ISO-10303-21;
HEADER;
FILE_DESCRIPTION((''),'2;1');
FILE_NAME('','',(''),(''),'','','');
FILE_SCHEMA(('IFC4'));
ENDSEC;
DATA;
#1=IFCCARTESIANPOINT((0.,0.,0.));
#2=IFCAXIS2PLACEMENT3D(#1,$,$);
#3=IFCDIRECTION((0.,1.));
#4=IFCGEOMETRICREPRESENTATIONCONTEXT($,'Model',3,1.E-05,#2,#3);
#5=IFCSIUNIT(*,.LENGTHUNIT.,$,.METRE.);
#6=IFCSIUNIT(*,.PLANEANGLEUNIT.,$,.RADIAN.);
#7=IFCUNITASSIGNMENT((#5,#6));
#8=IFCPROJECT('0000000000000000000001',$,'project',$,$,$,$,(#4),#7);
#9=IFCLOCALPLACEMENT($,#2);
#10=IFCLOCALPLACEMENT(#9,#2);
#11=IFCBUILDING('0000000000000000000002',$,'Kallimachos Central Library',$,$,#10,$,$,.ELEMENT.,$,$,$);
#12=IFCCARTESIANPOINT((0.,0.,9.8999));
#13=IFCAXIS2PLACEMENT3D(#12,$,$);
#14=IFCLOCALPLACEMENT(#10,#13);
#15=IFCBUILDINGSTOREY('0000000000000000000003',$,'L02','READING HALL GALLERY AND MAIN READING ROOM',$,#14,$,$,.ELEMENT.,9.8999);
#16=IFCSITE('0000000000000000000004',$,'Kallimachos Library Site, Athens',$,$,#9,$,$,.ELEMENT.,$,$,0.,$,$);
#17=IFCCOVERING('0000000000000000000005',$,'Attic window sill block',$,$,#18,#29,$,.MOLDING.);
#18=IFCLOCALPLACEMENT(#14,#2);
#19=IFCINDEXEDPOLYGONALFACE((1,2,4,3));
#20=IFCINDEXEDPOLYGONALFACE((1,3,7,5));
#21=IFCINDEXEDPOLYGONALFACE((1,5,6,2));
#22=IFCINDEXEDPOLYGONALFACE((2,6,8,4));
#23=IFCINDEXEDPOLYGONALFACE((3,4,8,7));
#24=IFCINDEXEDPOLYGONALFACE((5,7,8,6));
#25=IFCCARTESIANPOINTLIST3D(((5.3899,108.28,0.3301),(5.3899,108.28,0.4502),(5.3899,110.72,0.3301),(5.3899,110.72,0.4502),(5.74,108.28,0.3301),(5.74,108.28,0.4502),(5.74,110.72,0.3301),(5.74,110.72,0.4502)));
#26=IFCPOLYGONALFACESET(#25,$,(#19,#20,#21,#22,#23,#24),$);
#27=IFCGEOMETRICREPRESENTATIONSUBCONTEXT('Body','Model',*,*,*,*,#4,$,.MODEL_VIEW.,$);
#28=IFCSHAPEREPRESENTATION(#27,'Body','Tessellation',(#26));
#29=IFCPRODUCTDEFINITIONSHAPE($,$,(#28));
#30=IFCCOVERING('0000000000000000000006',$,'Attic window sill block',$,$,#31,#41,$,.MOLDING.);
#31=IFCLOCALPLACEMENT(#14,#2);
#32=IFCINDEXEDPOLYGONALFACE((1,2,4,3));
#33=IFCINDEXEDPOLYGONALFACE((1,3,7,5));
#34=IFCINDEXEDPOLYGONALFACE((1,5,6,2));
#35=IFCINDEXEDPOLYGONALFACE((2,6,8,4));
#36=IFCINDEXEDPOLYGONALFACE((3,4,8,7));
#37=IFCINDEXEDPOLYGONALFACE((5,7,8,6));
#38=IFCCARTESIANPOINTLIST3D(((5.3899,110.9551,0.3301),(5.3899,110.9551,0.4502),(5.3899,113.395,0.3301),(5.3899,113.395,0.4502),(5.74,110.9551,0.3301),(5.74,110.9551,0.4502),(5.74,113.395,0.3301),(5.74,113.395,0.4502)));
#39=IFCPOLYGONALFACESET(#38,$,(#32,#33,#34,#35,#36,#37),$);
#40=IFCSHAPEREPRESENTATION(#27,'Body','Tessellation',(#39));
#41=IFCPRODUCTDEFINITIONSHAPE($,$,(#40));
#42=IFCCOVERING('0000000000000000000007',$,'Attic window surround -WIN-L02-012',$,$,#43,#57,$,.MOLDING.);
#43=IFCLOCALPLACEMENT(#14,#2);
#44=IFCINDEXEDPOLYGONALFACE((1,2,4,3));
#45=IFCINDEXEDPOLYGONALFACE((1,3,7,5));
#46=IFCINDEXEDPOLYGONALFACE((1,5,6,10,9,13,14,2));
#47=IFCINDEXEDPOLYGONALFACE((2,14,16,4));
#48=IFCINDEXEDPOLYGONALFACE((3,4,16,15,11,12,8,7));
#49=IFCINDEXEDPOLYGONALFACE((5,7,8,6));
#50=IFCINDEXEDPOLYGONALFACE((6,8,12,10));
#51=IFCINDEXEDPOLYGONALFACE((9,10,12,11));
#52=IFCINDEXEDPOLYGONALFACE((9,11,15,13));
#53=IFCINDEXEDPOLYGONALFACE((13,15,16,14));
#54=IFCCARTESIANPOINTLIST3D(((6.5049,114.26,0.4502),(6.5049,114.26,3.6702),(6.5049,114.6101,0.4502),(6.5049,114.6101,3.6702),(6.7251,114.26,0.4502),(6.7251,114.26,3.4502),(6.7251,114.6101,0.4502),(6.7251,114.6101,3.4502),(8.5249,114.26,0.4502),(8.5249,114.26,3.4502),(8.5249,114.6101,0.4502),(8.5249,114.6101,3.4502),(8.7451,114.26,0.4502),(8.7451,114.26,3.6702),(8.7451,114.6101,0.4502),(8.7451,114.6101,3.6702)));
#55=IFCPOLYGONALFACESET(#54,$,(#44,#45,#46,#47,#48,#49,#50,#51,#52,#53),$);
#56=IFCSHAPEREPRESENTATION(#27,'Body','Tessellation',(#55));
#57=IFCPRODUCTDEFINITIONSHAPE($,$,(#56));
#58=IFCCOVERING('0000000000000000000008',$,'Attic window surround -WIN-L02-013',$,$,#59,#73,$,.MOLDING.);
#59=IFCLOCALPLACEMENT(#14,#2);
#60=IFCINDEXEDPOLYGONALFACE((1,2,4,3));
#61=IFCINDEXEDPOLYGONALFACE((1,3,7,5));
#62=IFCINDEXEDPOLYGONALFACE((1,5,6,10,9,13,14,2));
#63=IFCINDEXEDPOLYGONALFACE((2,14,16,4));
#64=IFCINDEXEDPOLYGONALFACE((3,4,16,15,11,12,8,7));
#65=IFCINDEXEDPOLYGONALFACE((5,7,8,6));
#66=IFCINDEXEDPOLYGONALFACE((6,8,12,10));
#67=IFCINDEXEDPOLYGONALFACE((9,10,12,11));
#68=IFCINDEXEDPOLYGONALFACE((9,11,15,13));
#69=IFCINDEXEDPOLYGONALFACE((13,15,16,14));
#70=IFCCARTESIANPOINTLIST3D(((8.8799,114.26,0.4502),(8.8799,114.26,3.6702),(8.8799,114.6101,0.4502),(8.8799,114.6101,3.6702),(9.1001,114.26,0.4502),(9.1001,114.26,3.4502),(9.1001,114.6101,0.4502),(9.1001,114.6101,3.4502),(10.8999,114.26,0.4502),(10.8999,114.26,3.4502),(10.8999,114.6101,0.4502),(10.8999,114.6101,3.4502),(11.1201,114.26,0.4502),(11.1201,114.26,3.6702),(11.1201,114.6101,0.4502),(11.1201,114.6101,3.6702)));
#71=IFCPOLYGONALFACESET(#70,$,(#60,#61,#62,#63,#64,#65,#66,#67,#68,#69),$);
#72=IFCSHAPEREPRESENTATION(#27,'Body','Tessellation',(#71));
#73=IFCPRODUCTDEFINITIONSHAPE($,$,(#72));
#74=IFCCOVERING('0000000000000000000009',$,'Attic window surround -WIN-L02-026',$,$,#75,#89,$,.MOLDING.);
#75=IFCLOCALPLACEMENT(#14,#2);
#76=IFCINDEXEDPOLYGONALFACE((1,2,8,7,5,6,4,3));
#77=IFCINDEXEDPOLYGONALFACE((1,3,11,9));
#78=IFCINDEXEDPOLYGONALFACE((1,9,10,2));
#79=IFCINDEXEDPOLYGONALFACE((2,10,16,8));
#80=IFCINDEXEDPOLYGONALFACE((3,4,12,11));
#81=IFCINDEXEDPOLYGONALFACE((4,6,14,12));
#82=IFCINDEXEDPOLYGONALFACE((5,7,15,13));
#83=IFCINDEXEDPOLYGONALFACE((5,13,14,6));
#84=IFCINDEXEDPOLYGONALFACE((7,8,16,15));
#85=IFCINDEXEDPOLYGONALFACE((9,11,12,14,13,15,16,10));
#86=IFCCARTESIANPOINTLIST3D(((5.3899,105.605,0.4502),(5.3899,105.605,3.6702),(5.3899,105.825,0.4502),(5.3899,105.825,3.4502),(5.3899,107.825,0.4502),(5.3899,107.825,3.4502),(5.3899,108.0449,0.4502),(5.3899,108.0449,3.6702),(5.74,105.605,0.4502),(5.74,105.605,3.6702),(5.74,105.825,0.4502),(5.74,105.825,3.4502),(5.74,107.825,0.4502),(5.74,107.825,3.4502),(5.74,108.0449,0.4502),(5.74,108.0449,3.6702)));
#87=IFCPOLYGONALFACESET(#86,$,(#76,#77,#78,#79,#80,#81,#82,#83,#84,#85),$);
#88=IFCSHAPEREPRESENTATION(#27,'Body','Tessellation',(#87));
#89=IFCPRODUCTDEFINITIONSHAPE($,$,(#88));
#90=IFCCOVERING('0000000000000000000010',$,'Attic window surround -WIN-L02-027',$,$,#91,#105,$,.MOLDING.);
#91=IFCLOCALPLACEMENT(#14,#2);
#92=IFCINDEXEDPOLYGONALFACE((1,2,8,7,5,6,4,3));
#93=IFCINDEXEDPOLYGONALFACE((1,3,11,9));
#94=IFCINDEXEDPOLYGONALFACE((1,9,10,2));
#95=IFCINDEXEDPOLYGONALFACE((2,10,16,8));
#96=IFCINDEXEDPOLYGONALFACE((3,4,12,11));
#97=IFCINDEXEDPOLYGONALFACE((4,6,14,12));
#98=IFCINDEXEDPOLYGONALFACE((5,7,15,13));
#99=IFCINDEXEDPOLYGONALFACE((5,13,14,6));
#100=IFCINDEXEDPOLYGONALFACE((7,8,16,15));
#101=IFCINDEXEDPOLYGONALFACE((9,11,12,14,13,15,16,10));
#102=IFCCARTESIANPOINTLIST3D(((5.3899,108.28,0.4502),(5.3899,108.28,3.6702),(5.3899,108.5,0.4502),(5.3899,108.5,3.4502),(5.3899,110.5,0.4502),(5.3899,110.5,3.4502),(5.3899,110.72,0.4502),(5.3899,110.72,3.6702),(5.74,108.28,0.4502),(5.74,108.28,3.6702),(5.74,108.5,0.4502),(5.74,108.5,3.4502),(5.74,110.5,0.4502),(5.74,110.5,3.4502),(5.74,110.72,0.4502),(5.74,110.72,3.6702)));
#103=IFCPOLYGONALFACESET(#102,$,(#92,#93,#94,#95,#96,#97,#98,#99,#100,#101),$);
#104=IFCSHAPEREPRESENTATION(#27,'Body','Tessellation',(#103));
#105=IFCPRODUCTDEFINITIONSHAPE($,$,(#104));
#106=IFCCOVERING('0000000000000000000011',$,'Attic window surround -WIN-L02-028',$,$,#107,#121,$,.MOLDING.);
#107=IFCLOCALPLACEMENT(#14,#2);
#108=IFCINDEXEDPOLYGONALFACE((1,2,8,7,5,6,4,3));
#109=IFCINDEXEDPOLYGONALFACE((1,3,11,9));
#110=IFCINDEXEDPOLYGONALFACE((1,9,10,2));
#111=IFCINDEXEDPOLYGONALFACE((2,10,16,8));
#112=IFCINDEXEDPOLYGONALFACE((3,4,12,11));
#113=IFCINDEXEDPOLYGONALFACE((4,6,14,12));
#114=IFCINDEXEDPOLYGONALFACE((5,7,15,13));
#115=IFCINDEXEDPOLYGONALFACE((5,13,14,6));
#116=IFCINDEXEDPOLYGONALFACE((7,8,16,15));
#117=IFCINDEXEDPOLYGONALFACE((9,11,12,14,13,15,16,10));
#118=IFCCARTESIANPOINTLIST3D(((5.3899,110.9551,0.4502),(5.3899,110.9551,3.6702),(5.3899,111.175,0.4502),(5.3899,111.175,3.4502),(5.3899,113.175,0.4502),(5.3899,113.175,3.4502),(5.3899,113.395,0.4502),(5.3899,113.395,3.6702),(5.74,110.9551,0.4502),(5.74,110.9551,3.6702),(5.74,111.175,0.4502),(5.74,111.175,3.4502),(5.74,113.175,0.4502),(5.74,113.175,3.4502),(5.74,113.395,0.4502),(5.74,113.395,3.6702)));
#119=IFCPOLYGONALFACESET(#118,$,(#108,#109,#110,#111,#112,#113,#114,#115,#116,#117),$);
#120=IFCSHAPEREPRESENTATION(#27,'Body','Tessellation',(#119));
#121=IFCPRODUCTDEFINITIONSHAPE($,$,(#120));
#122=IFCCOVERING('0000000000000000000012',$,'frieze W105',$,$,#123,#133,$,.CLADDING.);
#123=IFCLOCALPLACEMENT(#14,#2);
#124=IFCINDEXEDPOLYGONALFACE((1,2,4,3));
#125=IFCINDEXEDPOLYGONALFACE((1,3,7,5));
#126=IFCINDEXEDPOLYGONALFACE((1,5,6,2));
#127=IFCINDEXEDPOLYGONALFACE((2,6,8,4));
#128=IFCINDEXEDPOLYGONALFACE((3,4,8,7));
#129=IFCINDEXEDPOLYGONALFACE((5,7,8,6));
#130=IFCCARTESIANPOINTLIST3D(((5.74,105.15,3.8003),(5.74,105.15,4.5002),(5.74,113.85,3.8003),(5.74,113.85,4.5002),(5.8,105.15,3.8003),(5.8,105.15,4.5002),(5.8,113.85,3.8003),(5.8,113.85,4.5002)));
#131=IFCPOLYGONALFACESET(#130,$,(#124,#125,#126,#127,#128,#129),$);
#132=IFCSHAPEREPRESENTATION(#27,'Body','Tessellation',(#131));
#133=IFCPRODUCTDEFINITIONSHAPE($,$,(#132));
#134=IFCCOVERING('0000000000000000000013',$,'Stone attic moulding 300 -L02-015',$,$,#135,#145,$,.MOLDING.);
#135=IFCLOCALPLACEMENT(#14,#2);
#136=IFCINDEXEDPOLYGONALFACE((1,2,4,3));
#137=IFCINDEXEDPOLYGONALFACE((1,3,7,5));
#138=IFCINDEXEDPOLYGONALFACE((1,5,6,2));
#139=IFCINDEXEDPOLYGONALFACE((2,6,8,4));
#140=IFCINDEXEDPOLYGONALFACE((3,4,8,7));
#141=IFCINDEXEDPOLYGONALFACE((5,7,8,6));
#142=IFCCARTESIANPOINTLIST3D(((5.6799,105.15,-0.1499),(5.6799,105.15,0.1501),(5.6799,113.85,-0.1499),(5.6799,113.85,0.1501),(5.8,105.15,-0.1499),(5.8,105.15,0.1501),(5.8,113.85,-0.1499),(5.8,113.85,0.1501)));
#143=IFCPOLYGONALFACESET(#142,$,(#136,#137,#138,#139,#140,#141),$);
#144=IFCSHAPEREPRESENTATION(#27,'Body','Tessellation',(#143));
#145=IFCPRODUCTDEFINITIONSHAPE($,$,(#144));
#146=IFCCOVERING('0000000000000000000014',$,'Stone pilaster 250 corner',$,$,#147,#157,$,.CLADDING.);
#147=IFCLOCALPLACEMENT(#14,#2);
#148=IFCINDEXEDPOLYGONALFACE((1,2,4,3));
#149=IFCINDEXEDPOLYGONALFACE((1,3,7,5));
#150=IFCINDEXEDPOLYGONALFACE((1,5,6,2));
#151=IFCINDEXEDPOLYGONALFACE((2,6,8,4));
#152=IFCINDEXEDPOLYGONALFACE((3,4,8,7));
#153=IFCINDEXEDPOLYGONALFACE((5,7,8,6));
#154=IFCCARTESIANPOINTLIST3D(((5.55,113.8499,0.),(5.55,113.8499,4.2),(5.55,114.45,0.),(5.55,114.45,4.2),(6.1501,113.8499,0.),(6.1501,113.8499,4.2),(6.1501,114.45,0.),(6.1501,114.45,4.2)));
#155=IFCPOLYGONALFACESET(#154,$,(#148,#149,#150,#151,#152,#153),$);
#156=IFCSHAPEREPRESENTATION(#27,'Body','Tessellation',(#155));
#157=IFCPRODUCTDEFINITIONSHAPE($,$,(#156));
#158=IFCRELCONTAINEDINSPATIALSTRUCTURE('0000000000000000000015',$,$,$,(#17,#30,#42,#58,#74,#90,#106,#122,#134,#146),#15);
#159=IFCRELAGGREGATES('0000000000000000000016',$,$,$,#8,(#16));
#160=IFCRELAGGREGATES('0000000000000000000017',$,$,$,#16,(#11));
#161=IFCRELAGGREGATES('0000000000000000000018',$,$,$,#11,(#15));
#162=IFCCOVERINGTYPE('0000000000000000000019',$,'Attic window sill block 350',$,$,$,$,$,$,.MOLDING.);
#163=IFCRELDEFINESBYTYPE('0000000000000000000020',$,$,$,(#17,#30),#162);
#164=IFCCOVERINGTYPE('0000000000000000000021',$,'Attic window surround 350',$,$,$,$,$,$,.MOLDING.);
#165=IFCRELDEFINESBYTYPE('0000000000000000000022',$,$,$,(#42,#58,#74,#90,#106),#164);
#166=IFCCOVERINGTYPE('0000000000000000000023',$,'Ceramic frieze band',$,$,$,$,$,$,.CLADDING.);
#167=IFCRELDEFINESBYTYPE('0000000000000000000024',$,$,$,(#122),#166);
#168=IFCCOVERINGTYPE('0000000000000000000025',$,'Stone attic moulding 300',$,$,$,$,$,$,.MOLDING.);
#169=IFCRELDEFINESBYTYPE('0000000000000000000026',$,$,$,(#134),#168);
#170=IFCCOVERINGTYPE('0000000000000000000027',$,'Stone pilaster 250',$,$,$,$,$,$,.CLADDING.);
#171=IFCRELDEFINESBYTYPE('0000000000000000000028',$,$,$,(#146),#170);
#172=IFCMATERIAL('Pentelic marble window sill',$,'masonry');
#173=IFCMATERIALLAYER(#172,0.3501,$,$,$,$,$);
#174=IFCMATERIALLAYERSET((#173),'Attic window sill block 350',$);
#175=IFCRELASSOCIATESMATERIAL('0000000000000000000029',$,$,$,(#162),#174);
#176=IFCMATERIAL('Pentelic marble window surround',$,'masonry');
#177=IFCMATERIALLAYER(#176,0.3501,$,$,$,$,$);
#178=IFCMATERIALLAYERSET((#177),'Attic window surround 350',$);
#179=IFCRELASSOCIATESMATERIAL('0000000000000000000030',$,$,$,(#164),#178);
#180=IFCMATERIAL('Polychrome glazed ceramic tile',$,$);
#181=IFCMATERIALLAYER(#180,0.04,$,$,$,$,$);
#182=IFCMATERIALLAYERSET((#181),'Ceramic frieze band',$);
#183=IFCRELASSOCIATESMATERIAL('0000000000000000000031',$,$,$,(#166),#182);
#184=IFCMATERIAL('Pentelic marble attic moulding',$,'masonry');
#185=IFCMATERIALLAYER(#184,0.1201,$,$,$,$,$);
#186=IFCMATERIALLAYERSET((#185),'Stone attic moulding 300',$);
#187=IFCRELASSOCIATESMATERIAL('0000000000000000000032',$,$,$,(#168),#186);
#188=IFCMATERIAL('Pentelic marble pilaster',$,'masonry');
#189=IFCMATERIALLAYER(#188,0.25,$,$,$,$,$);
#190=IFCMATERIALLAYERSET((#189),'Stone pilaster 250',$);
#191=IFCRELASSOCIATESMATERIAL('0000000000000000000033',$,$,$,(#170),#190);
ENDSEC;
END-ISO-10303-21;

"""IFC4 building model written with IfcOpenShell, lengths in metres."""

from ifc_helpers import new_model, si_unit, direction, frame, origin, origin_2d, place, context, subcontext, project, spatial, polyline, rectangle, outline, extrude, material, layer, layer_set, type_object, element, save


model = new_model("IFC4")

# Units and contexts
model_context = context("Model", 3, precision=1e-05, world=origin(), true_north=direction((0.0, 1.0)))
body_context = subcontext(model_context, "Body", "Model", "MODEL_VIEW")
ifc_project = project(units=[si_unit("LENGTHUNIT", "METRE"), si_unit("PLANEANGLEUNIT", "RADIAN")], contexts=[model_context])

# Site, building, storey
site_placement = place(None, origin())
site = spatial("IfcSite", under=ifc_project, at=site_placement, Name="Kallimachos Library Site, Athens", CompositionType="ELEMENT", RefElevation=0.0)
building_placement = place(site_placement, origin())
building = spatial("IfcBuilding", under=site, at=building_placement, Name="Kallimachos Central Library", CompositionType="ELEMENT")
storey_placement = place(building_placement, frame((0.0, 0.0, 9.8999)))
storey = spatial("IfcBuildingStorey", under=building, at=storey_placement, Name="L02", Description="READING HALL GALLERY AND MAIN READING ROOM", CompositionType="ELEMENT", Elevation=9.8999)

# Coverings
ifc_material_1 = material(Name="Pentelic marble window sill", Category="masonry")
ifc_layer_1 = layer(ifc_material_1, 0.3501)
ifc_layer_set_1 = layer_set([ifc_layer_1], Name="Attic window sill block 350")
covering_type_1 = type_object("IfcCoveringType", Name="Attic window sill block 350", PredefinedType="MOLDING", material=ifc_layer_set_1)
for number, where, z_axis, x_axis, name in (
    (1, (5.5649, 109.5, 0.3301), (0.0, 0.0, 1.0), (1.0, 0.0, 0.0), "Attic window sill block"),
    (2, (5.5649, 112.175, 0.3301), (0.0, 0.0, 1.0), (1.0, 0.0, 0.0), "Attic window sill block"),
):
    element("IfcCovering", number, at=place(storey_placement, frame(where, z_axis=z_axis, x_axis=x_axis)), inside=storey, type_object=covering_type_1, Name=name, PredefinedType="MOLDING", context=body_context, shape_type="SweptSolid", body=[
        extrude(rectangle(XDim=0.3501, YDim=2.4399, at=origin_2d()), origin(), (0.0, 0.0, 1.0), 0.1201),
    ])
ifc_material_2 = material(Name="Pentelic marble window surround", Category="masonry")
ifc_layer_2 = layer(ifc_material_2, 0.3501)
ifc_layer_set_2 = layer_set([ifc_layer_2], Name="Attic window surround 350")
covering_type_2 = type_object("IfcCoveringType", Name="Attic window surround 350", PredefinedType="MOLDING", material=ifc_layer_set_2)
for number, where, z_axis, x_axis, name in (
    (3, (6.5049, 114.6101, 0.4502), (0.0, 1.0, 0.0), (0.0, 0.0, 1.0), "Attic window surround -WIN-L02-012"),
    (4, (8.8799, 114.6101, 0.4502), (0.0, 1.0, 0.0), (0.0, 0.0, 1.0), "Attic window surround -WIN-L02-013"),
):
    element("IfcCovering", number, at=place(storey_placement, frame(where, z_axis=z_axis, x_axis=x_axis)), inside=storey, type_object=covering_type_2, Name=name, PredefinedType="MOLDING", context=body_context, shape_type="SweptSolid", body=[
        extrude(outline(polyline([(0.0, 0.0), (3.22, 0.0), (3.22, 2.2402), (0.0, 2.2402), (0.0, 2.02), (3.0, 2.02), (3.0, 0.2202), (0.0, 0.2202), (0.0, 0.0)])), origin(), (0.0, 0.0, -1.0), 0.3501),
    ])
for number, where, z_axis, x_axis, name in (
    (5, (5.3899, 105.605, 0.4502), (-1.0, 0.0, 0.0), (0.0, 0.0, 1.0), "Attic window surround -WIN-L02-026"),
    (6, (5.3899, 108.28, 0.4502), (-1.0, 0.0, 0.0), (0.0, 0.0, 1.0), "Attic window surround -WIN-L02-027"),
    (7, (5.3899, 110.9551, 0.4502), (-1.0, 0.0, 0.0), (0.0, 0.0, 1.0), "Attic window surround -WIN-L02-028"),
):
    element("IfcCovering", number, at=place(storey_placement, frame(where, z_axis=z_axis, x_axis=x_axis)), inside=storey, type_object=covering_type_2, Name=name, PredefinedType="MOLDING", context=body_context, shape_type="SweptSolid", body=[
        extrude(outline(polyline([(0.0, 0.0), (3.22, 0.0), (3.22, 2.4399), (0.0, 2.4399), (0.0, 2.22), (3.0, 2.22), (3.0, 0.22), (0.0, 0.22), (0.0, 0.0)])), origin(), (0.0, 0.0, -1.0), 0.3501),
    ])
ifc_material_3 = material(Name="Polychrome glazed ceramic tile")
ifc_layer_3 = layer(ifc_material_3, 0.04)
ifc_layer_set_3 = layer_set([ifc_layer_3], Name="Ceramic frieze band")
covering_type_3 = type_object("IfcCoveringType", Name="Ceramic frieze band", PredefinedType="CLADDING", material=ifc_layer_set_3)
covering_1_placement = place(storey_placement, frame((5.77, 109.5, 3.8003), z_axis=(0.0, 0.0, 1.0), x_axis=(1.0, 0.0, 0.0)))
element("IfcCovering", 8, at=covering_1_placement, inside=storey, type_object=covering_type_3, Name="frieze W105", PredefinedType="CLADDING", context=body_context, shape_type="SweptSolid", body=[
    extrude(rectangle(XDim=0.0601, YDim=8.7, at=origin_2d()), origin(), (0.0, 0.0, 1.0), 0.7),
])
ifc_material_4 = material(Name="Pentelic marble attic moulding", Category="masonry")
ifc_layer_4 = layer(ifc_material_4, 0.1201)
ifc_layer_set_4 = layer_set([ifc_layer_4], Name="Stone attic moulding 300")
covering_type_4 = type_object("IfcCoveringType", Name="Stone attic moulding 300", PredefinedType="MOLDING", material=ifc_layer_set_4)
covering_2_placement = place(storey_placement, frame((5.74, 109.5, -0.1499), z_axis=(0.0, 0.0, 1.0), x_axis=(1.0, 0.0, 0.0)))
element("IfcCovering", 9, at=covering_2_placement, inside=storey, type_object=covering_type_4, Name="Stone attic moulding 300 -L02-015", PredefinedType="MOLDING", context=body_context, shape_type="SweptSolid", body=[
    extrude(rectangle(XDim=0.1201, YDim=8.7, at=origin_2d()), origin(), (0.0, 0.0, 1.0), 0.3),
])
ifc_material_5 = material(Name="Pentelic marble pilaster", Category="masonry")
ifc_layer_5 = layer(ifc_material_5, 0.25)
ifc_layer_set_5 = layer_set([ifc_layer_5], Name="Stone pilaster 250")
covering_type_5 = type_object("IfcCoveringType", Name="Stone pilaster 250", PredefinedType="CLADDING", material=ifc_layer_set_5)
covering_3_placement = place(storey_placement, frame((5.8501, 114.1499, 0.0), z_axis=(0.0, 0.0, 1.0), x_axis=(1.0, 0.0, 0.0)))
element("IfcCovering", 10, at=covering_3_placement, inside=storey, type_object=covering_type_5, Name="Stone pilaster 250 corner", PredefinedType="CLADDING", context=body_context, shape_type="SweptSolid", body=[
    extrude(rectangle(XDim=0.6001, YDim=0.6001, at=origin_2d()), origin(), (0.0, 0.0, 1.0), 4.2),
])

save(model, "model.ifc")
